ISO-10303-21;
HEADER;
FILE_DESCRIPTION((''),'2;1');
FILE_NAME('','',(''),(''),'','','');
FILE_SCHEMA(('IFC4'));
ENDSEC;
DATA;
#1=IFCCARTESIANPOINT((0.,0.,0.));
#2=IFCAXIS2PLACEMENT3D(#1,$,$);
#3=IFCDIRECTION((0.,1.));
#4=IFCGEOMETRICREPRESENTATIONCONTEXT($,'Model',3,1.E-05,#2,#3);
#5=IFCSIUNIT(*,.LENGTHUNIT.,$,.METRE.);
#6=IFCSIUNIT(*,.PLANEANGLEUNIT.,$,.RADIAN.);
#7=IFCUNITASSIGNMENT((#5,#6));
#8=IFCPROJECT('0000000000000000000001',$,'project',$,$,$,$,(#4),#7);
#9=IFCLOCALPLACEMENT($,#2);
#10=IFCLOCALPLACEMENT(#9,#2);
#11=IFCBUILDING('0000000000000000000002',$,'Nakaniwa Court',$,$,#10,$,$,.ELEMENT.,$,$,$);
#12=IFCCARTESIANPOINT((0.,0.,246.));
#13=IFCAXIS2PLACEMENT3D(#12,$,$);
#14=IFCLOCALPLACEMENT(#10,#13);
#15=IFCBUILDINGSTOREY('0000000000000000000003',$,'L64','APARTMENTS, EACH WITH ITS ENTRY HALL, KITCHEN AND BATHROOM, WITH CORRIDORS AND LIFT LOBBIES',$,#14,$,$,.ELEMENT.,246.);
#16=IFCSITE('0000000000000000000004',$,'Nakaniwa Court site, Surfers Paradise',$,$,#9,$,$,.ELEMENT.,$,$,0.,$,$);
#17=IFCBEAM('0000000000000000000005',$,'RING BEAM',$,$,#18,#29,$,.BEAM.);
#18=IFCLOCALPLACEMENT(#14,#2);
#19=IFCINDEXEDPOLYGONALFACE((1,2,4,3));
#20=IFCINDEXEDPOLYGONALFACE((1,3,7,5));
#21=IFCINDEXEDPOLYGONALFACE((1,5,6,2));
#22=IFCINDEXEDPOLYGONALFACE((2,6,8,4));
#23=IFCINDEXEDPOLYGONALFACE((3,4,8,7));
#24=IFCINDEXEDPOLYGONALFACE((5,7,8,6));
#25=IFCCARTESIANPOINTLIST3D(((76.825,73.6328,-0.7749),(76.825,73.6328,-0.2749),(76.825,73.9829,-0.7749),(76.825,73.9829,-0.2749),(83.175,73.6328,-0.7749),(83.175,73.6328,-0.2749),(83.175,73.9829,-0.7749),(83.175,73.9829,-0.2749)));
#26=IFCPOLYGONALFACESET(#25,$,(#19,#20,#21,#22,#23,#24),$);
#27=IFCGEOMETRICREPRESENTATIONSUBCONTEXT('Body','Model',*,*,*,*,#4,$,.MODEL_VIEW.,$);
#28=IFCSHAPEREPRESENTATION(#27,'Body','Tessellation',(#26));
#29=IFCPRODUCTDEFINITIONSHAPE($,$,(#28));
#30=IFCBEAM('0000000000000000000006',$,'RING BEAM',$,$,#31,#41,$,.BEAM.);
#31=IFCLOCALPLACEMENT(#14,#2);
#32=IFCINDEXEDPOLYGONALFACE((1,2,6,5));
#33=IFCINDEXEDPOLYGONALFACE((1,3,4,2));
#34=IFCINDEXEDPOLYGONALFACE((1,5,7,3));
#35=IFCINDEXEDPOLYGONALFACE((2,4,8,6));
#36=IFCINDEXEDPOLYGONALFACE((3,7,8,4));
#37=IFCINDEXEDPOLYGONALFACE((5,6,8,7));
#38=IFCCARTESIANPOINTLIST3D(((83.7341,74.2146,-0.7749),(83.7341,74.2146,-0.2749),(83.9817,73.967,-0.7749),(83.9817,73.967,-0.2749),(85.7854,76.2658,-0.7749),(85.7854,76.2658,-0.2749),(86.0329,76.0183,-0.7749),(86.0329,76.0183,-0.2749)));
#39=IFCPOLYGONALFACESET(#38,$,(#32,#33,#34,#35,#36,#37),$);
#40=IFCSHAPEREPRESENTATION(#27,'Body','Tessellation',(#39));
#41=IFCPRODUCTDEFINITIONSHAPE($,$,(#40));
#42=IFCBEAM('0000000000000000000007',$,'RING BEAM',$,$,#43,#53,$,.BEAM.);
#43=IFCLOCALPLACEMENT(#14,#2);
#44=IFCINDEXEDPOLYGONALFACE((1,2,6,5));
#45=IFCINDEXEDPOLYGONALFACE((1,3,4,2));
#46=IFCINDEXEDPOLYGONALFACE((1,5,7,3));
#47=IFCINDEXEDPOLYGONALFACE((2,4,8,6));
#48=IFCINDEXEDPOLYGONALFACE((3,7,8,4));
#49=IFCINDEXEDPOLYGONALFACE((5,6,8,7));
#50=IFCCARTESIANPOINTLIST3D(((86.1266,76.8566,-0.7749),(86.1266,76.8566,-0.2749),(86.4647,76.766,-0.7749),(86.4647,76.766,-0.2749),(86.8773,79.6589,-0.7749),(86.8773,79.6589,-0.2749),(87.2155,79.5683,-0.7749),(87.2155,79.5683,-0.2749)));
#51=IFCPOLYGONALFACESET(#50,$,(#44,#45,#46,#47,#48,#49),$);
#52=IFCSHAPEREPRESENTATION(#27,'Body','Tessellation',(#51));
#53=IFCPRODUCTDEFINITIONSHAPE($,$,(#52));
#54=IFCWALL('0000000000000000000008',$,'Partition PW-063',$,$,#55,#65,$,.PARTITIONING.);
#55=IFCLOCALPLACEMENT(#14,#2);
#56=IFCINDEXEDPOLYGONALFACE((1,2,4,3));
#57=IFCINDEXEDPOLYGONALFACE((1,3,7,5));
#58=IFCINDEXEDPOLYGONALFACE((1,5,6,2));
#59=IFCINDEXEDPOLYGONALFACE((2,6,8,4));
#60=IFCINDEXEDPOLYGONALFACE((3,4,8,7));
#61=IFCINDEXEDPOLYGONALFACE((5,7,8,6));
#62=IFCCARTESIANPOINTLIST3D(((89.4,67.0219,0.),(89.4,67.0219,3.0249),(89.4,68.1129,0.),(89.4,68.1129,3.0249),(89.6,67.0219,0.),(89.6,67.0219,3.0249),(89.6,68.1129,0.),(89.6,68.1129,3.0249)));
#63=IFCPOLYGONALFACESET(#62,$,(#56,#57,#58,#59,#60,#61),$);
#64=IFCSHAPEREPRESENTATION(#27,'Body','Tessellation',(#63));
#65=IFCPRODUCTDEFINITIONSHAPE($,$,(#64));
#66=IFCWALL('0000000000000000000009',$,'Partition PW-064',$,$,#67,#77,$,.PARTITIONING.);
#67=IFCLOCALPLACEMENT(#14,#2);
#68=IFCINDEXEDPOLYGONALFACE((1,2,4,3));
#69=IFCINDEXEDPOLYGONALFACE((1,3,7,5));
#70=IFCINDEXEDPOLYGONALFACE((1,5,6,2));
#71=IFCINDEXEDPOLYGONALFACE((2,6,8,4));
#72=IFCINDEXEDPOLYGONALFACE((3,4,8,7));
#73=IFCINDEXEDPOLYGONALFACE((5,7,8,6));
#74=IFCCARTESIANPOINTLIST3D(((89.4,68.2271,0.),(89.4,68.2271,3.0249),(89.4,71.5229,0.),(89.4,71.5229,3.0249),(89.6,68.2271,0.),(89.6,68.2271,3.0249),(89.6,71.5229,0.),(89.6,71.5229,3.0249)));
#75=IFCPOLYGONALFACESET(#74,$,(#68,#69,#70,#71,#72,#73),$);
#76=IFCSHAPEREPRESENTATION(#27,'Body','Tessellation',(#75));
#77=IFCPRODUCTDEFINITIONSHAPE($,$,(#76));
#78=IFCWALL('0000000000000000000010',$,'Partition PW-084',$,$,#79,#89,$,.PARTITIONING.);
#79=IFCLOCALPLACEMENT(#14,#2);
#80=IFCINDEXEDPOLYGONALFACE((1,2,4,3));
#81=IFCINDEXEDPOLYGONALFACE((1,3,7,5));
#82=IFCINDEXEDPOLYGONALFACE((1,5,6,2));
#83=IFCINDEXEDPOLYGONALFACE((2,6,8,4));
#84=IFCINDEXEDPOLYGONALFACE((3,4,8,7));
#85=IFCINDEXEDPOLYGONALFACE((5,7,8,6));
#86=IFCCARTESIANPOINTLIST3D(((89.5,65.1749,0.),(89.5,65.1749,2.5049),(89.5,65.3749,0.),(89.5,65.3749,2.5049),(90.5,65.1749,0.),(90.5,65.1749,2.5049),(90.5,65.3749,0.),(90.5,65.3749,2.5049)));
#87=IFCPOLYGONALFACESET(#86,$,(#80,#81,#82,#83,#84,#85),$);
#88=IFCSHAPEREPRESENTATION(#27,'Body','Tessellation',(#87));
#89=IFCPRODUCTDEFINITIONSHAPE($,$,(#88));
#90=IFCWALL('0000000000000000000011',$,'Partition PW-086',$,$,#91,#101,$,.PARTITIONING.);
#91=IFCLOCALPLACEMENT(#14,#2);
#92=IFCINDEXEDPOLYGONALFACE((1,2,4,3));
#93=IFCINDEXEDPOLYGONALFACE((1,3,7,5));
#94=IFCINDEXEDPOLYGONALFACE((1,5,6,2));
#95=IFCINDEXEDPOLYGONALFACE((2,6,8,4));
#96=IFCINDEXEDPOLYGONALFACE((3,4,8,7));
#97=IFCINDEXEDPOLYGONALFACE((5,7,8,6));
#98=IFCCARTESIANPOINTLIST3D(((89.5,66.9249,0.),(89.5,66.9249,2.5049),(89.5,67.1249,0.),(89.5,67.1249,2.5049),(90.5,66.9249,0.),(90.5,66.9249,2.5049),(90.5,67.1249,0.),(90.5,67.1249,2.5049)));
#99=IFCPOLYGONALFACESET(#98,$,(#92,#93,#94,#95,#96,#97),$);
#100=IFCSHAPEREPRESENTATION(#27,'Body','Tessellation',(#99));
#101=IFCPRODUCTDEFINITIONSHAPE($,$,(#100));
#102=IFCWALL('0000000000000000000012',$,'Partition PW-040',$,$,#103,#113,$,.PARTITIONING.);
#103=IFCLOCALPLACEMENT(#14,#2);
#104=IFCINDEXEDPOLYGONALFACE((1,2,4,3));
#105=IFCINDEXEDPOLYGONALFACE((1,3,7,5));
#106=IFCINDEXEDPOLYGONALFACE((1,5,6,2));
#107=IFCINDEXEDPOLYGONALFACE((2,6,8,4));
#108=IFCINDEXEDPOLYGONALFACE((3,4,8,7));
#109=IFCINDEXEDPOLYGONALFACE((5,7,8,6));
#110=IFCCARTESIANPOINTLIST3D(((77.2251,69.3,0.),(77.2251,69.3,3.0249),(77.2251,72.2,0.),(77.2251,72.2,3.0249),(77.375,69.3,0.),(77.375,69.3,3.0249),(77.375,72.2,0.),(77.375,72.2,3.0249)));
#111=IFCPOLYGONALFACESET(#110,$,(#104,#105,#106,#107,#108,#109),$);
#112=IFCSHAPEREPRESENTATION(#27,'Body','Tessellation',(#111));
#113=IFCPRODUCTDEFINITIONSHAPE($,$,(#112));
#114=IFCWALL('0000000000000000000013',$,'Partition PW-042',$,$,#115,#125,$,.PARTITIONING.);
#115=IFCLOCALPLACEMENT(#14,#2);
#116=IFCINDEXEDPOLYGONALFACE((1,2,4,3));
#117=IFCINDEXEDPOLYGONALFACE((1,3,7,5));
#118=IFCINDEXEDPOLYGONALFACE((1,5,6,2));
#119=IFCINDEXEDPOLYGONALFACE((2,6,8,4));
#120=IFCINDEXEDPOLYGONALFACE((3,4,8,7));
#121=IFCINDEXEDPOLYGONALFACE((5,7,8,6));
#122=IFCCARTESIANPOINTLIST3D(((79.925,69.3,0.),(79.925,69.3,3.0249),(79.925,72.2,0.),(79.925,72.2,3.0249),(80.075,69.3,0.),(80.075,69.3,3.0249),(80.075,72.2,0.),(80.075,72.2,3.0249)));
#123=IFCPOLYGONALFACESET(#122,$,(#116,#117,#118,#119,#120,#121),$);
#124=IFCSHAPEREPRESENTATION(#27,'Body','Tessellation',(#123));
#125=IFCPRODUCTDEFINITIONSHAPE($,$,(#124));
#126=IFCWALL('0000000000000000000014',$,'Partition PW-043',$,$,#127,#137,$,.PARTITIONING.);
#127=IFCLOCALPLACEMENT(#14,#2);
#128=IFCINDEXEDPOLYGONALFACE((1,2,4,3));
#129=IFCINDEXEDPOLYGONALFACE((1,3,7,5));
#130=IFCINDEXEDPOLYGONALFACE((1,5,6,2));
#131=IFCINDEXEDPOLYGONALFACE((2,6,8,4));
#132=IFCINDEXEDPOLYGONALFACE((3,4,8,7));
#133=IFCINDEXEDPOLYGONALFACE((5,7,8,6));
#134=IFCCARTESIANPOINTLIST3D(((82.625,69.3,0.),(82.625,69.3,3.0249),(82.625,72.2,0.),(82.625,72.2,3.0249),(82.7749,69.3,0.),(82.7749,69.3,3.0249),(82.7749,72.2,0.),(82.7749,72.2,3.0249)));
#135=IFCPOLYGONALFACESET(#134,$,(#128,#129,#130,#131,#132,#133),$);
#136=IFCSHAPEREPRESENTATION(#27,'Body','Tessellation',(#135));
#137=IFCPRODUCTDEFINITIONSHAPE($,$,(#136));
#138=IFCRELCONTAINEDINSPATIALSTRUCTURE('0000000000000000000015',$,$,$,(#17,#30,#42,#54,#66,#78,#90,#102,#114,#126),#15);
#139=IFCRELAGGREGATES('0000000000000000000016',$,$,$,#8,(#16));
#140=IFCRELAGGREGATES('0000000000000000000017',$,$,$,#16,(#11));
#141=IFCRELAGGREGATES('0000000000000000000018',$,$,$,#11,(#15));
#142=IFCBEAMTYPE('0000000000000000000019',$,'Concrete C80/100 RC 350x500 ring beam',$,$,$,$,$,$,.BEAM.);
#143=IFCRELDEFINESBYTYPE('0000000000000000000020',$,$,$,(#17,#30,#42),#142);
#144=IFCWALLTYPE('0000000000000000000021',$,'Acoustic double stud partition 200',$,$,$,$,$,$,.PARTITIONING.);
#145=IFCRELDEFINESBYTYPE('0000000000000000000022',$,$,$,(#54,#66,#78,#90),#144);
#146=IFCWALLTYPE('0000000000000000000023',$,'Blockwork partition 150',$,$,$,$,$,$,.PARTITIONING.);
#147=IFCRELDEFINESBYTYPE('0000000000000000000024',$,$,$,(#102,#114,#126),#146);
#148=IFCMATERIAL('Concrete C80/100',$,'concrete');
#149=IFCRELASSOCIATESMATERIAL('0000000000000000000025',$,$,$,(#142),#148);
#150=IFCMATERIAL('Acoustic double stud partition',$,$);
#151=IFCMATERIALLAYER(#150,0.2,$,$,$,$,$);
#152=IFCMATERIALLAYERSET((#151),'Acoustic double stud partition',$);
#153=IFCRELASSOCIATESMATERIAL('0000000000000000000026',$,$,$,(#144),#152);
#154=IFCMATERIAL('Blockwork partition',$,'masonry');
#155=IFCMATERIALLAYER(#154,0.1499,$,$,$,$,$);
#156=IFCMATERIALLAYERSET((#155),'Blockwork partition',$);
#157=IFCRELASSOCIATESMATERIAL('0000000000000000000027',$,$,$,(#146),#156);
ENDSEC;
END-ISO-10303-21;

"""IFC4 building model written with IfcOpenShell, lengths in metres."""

from ifc_helpers import new_model, si_unit, direction, frame, frame_2d, origin, origin_2d, place, context, subcontext, project, spatial, rectangle, extrude, material, layer, layer_set, material_profile, profile_set, type_object, element, save


model = new_model("IFC4")

# Units and contexts
model_context = context("Model", 3, precision=1e-05, world=origin(), true_north=direction((0.0, 1.0)))
body_context = subcontext(model_context, "Body", "Model", "MODEL_VIEW")
ifc_project = project(units=[si_unit("LENGTHUNIT", "METRE"), si_unit("PLANEANGLEUNIT", "RADIAN")], contexts=[model_context])

# Site, building, storey
site_placement = place(None, origin())
site = spatial("IfcSite", under=ifc_project, at=site_placement, Name="Nakaniwa Court site, Surfers Paradise", CompositionType="ELEMENT", RefElevation=0.0)
building_placement = place(site_placement, origin())
building = spatial("IfcBuilding", under=site, at=building_placement, Name="Nakaniwa Court", CompositionType="ELEMENT")
storey_placement = place(building_placement, frame((0.0, 0.0, 246.0)))
storey = spatial("IfcBuildingStorey", under=building, at=storey_placement, Name="L64", Description="APARTMENTS, EACH WITH ITS ENTRY HALL, KITCHEN AND BATHROOM, WITH CORRIDORS AND LIFT LOBBIES", CompositionType="ELEMENT", Elevation=246.0)

# Shared definitions
ifc_material_1 = material(Name="Concrete C80/100", Category="concrete")

# Beams
ifc_material_profile_1 = material_profile(ifc_material_1, rectangle(XDim=0.3501, YDim=0.5, at=origin_2d()), Name="Concrete C80/100 RC 350x500 ring beam")
ifc_profile_set_1 = profile_set([ifc_material_profile_1], Name="Concrete C80/100")
beam_type = type_object("IfcBeamType", Name="Concrete C80/100 RC 350x500 ring beam", PredefinedType="BEAM", material=ifc_profile_set_1)
beam_1_placement = place(storey_placement, frame((76.825, 73.8079, -0.5249), z_axis=(1.0, 0.0, 0.0), x_axis=(0.0, 1.0, 0.0)))
element("IfcBeam", 1, at=beam_1_placement, inside=storey, type_object=beam_type, Name="RING BEAM", PredefinedType="BEAM", context=body_context, shape_type="SweptSolid", body=[
    extrude(rectangle(XDim=0.3501, YDim=0.5, at=origin_2d()), origin(), (0.0, 0.0, 1.0), 6.3501),
])
beam_2_placement = place(storey_placement, frame((83.8579, 74.0908, -0.5249), z_axis=(0.707107, 0.707107, 0.0), x_axis=(-0.707107, 0.707107, 0.0)))
element("IfcBeam", 2, at=beam_2_placement, inside=storey, type_object=beam_type, Name="RING BEAM", PredefinedType="BEAM", context=body_context, shape_type="SweptSolid", body=[
    extrude(rectangle(XDim=0.3501, YDim=0.5, at=origin_2d()), origin(), (0.0, 0.0, 1.0), 2.9009),
])
beam_3_placement = place(storey_placement, frame((86.2957, 76.8113, -0.5249), z_axis=(0.258778, 0.965937, 0.0), x_axis=(-0.965937, 0.258778, 0.0)))
element("IfcBeam", 3, at=beam_3_placement, inside=storey, type_object=beam_type, Name="RING BEAM", PredefinedType="BEAM", context=body_context, shape_type="SweptSolid", body=[
    extrude(rectangle(XDim=0.3501, YDim=0.5, at=origin_2d()), origin(), (0.0, 0.0, 1.0), 2.9011),
])

# Walls
ifc_material_2 = material(Name="Acoustic double stud partition")
ifc_layer_1 = layer(ifc_material_2, 0.2)
ifc_layer_set_1 = layer_set([ifc_layer_1], Name="Acoustic double stud partition")
wall_type_1 = type_object("IfcWallType", Name="Acoustic double stud partition 200", PredefinedType="PARTITIONING", material=ifc_layer_set_1)
wall_1_placement = place(storey_placement, frame((89.5, 67.022, 0.0), z_axis=(0.0, 0.0, 1.0), x_axis=(0.0, 1.0, 0.0)))
element("IfcWall", 4, at=wall_1_placement, inside=storey, type_object=wall_type_1, Name="Partition PW-063", PredefinedType="PARTITIONING", context=body_context, shape_type="SweptSolid", body=[
    extrude(rectangle(XDim=1.0911, YDim=0.2, at=frame_2d((0.5454, 0.0))), origin(), (0.0, 0.0, 1.0), 3.0249),
])
wall_2_placement = place(storey_placement, frame((89.5, 68.2271, 0.0), z_axis=(0.0, 0.0, 1.0), x_axis=(0.0, 1.0, 0.0)))
element("IfcWall", 5, at=wall_2_placement, inside=storey, type_object=wall_type_1, Name="Partition PW-064", PredefinedType="PARTITIONING", context=body_context, shape_type="SweptSolid", body=[
    extrude(rectangle(XDim=3.2959, YDim=0.2, at=frame_2d((1.6479, 0.0))), origin(), (0.0, 0.0, 1.0), 3.0249),
])
for number, where, z_axis, x_axis, name in (
    (6, (89.5, 65.2749, 0.0), (0.0, 0.0, 1.0), (1.0, 0.0, 0.0), "Partition PW-084"),
    (7, (89.5, 67.0249, 0.0), (0.0, 0.0, 1.0), (1.0, 0.0, 0.0), "Partition PW-086"),
):
    element("IfcWall", number, at=place(storey_placement, frame(where, z_axis=z_axis, x_axis=x_axis)), inside=storey, type_object=wall_type_1, Name=name, PredefinedType="PARTITIONING", context=body_context, shape_type="SweptSolid", body=[
        extrude(rectangle(XDim=1.0, YDim=0.2, at=frame_2d((0.5, 0.0))), origin(), (0.0, 0.0, 1.0), 2.5049),
    ])
ifc_material_3 = material(Name="Blockwork partition", Category="masonry")
ifc_layer_2 = layer(ifc_material_3, 0.1499)
ifc_layer_set_2 = layer_set([ifc_layer_2], Name="Blockwork partition")
wall_type_2 = type_object("IfcWallType", Name="Blockwork partition 150", PredefinedType="PARTITIONING", material=ifc_layer_set_2)
for number, where, z_axis, x_axis, name in (
    (8, (77.3, 69.3, 0.0), (0.0, 0.0, 1.0), (0.0, 1.0, 0.0), "Partition PW-040"),
    (9, (80.0, 69.3, 0.0), (0.0, 0.0, 1.0), (0.0, 1.0, 0.0), "Partition PW-042"),
    (10, (82.7, 69.3, 0.0), (0.0, 0.0, 1.0), (0.0, 1.0, 0.0), "Partition PW-043"),
):
    element("IfcWall", number, at=place(storey_placement, frame(where, z_axis=z_axis, x_axis=x_axis)), inside=storey, type_object=wall_type_2, Name=name, PredefinedType="PARTITIONING", context=body_context, shape_type="SweptSolid", body=[
        extrude(rectangle(XDim=2.8999, YDim=0.1499, at=frame_2d((1.45, 0.0))), origin(), (0.0, 0.0, 1.0), 3.0249),
    ])

save(model, "model.ifc")
